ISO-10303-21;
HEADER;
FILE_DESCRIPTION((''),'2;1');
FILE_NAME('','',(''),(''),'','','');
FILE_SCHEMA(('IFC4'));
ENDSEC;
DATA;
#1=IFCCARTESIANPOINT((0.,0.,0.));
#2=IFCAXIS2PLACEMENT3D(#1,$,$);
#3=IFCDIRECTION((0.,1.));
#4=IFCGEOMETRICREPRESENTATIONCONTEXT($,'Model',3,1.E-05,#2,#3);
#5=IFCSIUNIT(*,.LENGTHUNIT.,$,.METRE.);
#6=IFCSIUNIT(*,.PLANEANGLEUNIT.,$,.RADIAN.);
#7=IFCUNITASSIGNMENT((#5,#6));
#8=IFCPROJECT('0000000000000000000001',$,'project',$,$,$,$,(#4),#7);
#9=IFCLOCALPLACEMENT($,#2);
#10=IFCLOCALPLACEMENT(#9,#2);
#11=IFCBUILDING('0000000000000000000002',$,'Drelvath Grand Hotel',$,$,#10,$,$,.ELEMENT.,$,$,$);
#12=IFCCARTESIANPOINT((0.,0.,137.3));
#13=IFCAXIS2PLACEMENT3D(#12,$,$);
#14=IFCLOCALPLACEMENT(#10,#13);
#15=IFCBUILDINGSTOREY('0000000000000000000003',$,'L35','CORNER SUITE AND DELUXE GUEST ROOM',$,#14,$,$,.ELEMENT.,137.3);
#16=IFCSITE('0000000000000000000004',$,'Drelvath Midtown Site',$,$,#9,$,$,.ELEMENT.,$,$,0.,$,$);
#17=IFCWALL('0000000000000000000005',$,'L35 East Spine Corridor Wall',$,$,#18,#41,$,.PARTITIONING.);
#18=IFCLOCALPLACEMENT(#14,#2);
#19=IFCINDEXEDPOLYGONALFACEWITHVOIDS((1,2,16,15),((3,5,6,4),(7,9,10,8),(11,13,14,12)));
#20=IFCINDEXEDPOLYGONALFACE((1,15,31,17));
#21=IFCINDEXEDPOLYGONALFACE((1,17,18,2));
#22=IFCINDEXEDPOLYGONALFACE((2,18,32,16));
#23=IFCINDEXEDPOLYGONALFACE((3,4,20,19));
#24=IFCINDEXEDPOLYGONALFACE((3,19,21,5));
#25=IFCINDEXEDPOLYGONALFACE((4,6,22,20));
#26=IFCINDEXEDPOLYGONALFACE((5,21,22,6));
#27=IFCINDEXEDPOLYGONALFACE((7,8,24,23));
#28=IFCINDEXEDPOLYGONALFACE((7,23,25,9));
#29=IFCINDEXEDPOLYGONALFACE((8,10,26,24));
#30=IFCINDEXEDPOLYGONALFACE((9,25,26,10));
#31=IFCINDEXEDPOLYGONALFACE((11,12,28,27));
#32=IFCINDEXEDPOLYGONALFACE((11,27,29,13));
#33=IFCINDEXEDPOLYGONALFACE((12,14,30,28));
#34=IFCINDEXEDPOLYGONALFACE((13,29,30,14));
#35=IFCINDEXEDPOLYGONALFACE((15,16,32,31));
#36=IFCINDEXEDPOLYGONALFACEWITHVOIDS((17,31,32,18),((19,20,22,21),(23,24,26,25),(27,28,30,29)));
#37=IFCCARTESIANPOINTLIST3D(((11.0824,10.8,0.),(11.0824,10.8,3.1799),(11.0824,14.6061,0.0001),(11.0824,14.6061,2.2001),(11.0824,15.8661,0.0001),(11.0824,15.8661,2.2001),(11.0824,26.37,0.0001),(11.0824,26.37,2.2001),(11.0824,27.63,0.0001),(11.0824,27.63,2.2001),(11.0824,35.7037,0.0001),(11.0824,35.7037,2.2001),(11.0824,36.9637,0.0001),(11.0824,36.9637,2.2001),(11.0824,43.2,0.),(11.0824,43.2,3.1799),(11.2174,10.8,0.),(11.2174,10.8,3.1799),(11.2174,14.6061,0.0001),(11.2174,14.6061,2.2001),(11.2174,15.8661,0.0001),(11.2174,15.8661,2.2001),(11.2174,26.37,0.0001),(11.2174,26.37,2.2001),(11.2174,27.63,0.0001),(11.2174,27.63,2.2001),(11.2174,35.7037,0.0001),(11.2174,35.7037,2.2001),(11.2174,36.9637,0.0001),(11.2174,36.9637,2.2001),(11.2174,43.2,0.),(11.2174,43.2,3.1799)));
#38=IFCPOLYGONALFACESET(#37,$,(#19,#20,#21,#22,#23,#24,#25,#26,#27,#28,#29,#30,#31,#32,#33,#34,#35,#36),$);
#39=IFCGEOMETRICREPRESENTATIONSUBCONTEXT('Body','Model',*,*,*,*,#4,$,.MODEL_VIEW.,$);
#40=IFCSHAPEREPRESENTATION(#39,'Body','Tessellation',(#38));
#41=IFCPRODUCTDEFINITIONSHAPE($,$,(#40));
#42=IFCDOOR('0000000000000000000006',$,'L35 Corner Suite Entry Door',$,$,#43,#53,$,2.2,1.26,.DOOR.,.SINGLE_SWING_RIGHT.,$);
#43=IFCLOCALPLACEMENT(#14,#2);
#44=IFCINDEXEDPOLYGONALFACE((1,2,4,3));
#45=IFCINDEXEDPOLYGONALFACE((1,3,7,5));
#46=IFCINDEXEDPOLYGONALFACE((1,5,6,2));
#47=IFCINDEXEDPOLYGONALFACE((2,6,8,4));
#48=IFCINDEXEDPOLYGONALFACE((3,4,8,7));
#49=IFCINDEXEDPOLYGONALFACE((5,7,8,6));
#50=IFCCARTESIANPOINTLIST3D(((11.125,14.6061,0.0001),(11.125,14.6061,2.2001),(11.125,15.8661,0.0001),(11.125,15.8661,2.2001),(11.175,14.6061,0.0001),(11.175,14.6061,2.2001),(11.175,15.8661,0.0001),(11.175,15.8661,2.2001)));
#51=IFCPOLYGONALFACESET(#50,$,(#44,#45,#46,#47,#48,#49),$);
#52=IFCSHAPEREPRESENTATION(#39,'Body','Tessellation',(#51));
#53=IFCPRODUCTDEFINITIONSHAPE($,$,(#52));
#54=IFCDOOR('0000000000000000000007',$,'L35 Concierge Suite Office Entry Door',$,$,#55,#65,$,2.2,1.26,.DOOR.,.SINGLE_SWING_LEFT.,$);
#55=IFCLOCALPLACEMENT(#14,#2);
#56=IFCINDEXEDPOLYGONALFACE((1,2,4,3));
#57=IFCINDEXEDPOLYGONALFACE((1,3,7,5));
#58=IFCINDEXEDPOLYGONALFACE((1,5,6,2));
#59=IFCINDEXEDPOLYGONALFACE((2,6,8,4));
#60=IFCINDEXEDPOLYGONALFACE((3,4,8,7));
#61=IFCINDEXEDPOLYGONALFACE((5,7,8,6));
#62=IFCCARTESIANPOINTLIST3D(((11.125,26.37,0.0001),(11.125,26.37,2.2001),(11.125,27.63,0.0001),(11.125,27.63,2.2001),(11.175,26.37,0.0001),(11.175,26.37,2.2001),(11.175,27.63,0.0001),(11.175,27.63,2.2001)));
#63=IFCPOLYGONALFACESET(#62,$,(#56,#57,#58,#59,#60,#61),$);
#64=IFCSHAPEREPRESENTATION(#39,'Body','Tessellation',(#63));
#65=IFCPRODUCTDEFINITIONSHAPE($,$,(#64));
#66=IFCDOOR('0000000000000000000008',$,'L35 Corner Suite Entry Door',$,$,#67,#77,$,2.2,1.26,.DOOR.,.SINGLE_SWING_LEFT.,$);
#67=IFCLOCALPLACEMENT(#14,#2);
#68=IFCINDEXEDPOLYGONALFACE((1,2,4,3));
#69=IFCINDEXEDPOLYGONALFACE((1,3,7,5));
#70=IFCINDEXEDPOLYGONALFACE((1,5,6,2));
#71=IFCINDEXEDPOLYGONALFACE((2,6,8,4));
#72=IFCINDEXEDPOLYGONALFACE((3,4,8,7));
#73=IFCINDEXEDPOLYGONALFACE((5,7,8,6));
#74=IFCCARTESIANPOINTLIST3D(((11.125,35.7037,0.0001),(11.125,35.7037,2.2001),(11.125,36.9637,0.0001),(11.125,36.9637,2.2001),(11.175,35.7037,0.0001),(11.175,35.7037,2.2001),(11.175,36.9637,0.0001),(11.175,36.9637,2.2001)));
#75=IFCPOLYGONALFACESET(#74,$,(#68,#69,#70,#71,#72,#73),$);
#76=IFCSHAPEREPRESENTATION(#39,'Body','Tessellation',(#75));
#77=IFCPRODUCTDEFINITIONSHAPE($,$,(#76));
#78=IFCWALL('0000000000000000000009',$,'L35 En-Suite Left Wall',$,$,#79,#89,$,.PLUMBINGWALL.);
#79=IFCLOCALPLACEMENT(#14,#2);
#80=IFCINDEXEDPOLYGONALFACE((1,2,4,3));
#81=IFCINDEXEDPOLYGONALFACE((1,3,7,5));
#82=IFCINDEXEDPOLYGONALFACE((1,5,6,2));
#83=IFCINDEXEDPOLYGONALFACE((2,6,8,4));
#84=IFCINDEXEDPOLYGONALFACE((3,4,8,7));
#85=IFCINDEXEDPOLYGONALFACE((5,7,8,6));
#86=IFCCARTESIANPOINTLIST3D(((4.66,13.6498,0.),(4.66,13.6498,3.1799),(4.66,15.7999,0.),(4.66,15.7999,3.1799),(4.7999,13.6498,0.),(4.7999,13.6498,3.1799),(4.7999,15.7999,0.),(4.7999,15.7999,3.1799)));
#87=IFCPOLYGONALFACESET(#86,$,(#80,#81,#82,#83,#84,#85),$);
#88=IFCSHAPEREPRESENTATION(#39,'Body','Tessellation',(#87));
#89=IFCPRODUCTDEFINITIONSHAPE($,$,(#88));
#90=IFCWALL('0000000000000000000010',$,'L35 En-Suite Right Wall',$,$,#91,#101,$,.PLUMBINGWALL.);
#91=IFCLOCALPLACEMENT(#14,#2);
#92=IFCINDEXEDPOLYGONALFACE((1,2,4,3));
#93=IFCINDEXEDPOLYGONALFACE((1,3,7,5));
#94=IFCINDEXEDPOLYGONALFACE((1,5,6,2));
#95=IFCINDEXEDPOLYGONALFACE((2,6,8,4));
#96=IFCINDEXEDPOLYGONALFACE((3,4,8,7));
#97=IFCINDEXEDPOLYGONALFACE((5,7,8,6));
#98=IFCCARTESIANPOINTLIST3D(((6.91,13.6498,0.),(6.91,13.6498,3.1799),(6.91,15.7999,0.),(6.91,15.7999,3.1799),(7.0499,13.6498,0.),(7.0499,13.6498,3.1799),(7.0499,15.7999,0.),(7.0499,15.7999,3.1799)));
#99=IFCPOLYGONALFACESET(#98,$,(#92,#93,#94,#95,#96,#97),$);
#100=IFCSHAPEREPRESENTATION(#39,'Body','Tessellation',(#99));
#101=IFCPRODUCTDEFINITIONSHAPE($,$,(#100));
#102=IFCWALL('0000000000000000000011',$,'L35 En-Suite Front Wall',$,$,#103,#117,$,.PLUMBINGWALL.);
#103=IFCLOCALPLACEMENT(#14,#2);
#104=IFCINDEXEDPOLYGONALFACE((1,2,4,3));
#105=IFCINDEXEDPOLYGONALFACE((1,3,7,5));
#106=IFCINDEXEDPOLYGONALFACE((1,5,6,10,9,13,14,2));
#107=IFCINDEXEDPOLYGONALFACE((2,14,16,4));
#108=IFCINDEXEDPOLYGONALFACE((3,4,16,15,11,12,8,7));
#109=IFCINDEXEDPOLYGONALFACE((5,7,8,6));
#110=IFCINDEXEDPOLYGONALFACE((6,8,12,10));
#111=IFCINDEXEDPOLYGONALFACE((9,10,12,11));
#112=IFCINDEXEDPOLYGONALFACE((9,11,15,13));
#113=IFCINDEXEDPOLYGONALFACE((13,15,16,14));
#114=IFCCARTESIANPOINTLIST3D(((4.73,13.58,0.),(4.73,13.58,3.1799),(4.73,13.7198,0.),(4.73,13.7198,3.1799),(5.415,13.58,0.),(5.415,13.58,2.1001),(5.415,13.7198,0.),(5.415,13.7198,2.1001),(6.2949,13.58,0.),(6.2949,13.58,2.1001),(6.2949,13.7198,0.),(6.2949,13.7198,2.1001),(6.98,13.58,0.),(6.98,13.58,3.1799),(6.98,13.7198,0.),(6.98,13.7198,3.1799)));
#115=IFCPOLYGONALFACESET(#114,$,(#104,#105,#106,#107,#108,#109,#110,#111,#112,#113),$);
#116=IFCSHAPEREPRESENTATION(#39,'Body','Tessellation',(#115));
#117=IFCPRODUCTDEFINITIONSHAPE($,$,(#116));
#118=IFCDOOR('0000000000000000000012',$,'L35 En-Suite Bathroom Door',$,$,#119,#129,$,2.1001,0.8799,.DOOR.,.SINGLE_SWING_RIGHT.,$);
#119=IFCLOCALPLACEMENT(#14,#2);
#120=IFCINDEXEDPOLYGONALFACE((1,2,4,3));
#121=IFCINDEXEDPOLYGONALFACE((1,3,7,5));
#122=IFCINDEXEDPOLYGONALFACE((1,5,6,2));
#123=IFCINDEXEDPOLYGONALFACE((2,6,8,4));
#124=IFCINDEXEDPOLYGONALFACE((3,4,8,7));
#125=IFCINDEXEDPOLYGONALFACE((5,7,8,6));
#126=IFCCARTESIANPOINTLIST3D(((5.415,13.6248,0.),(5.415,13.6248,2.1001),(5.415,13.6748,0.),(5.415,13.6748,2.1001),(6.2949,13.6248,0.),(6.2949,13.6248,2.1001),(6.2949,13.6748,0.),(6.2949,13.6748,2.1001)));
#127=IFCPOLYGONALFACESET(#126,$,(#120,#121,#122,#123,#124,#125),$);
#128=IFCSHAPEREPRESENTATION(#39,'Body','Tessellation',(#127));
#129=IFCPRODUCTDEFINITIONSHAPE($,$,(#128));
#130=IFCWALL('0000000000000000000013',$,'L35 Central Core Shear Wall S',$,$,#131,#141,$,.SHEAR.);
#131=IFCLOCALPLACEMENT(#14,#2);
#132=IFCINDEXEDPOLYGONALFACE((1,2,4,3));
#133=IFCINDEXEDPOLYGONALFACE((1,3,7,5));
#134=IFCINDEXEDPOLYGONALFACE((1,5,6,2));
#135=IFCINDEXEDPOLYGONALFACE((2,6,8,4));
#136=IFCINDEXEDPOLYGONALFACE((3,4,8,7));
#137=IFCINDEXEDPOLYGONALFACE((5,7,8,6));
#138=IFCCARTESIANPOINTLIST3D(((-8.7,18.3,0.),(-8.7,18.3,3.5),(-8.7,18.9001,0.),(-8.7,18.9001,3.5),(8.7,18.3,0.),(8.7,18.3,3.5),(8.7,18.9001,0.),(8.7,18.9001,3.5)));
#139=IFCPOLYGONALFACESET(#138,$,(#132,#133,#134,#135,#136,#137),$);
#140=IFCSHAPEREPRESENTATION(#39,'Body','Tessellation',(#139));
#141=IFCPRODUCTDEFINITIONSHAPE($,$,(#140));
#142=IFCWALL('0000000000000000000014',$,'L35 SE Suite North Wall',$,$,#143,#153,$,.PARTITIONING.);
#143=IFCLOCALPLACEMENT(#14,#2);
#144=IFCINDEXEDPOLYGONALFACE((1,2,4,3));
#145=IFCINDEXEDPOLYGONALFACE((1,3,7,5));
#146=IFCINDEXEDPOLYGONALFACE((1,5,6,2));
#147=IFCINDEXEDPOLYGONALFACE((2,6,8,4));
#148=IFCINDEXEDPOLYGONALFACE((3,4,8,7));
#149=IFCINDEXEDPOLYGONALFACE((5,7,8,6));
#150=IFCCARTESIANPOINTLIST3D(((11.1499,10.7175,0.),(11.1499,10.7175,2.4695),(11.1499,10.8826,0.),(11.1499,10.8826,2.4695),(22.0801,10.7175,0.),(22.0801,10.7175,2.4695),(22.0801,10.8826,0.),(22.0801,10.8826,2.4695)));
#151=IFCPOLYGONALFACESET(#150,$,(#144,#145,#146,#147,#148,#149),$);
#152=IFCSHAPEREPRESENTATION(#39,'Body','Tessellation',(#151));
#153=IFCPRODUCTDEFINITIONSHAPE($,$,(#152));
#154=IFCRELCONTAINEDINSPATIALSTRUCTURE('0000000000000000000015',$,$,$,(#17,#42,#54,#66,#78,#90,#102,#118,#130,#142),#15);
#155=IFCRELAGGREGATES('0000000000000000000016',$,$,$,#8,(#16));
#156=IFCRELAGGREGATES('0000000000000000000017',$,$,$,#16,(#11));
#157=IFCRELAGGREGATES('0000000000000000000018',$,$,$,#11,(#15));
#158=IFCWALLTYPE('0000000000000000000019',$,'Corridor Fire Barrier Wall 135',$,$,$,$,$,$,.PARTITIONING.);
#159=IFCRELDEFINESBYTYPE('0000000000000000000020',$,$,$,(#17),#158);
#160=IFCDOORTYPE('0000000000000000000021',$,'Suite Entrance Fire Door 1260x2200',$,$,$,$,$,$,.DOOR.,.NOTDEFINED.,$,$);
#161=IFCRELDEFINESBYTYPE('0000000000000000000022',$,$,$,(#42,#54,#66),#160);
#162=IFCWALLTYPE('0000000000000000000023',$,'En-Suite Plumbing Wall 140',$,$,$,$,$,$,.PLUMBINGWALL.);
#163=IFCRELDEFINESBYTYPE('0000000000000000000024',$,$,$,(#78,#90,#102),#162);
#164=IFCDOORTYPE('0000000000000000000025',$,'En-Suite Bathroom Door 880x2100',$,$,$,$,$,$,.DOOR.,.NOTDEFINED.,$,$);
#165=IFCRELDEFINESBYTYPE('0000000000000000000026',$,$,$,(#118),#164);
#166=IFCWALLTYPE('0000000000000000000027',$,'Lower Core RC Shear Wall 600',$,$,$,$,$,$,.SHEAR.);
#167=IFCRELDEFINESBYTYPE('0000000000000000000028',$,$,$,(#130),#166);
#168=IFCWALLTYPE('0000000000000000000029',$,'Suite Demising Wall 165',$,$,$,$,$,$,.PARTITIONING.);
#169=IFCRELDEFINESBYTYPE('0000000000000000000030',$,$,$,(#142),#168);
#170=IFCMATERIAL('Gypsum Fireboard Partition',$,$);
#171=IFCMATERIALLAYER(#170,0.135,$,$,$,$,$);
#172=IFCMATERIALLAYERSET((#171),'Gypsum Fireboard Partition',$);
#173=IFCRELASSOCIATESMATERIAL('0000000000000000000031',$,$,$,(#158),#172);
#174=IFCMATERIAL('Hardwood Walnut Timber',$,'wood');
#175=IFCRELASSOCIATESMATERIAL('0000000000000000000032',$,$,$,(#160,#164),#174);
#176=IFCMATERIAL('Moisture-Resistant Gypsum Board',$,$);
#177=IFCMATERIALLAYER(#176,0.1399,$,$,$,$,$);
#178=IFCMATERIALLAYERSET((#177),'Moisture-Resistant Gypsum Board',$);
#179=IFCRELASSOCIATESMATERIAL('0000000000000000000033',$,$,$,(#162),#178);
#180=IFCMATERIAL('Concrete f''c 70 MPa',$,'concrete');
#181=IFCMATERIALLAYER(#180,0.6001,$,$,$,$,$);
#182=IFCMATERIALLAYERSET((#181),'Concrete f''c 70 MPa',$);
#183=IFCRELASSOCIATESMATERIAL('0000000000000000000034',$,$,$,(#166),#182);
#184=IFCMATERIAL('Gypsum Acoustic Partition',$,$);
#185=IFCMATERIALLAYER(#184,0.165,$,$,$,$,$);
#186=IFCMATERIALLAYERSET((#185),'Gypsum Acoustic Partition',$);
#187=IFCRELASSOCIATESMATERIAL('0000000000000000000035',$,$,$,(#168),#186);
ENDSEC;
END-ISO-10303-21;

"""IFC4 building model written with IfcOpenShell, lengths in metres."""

from ifc_helpers import new_model, si_unit, direction, frame, frame_2d, origin, place, context, subcontext, project, spatial, rectangle, extrude, material, layer, layer_set, type_object, element, fill, save


model = new_model("IFC4")

# Units and contexts
model_context = context("Model", 3, precision=1e-05, world=origin(), true_north=direction((0.0, 1.0)))
body_context = subcontext(model_context, "Body", "Model", "MODEL_VIEW")
ifc_project = project(units=[si_unit("LENGTHUNIT", "METRE"), si_unit("PLANEANGLEUNIT", "RADIAN")], contexts=[model_context])

# Site, building, storey
site_placement = place(None, origin())
site = spatial("IfcSite", under=ifc_project, at=site_placement, Name="Drelvath Midtown Site", CompositionType="ELEMENT", RefElevation=0.0)
building_placement = place(site_placement, origin())
building = spatial("IfcBuilding", under=site, at=building_placement, Name="Drelvath Grand Hotel", CompositionType="ELEMENT")
storey_placement = place(building_placement, frame((0.0, 0.0, 137.3)))
storey = spatial("IfcBuildingStorey", under=building, at=storey_placement, Name="L35", Description="CORNER SUITE AND DELUXE GUEST ROOM", CompositionType="ELEMENT", Elevation=137.3)

# Shared definitions
ifc_material_1 = material(Name="Concrete f'c 70 MPa", Category="concrete")

# Shared definitions
ifc_material_2 = material(Name="Gypsum Fireboard Partition")
ifc_layer_1 = layer(ifc_material_2, 0.135)
ifc_layer_set_1 = layer_set([ifc_layer_1], Name="Gypsum Fireboard Partition")
wall_type_1 = type_object("IfcWallType", Name="Corridor Fire Barrier Wall 135", PredefinedType="PARTITIONING", material=ifc_layer_set_1)

# Wall, openings, doors
wall_1_placement = place(storey_placement, frame((11.1499, 10.8, 0.0), z_axis=(0.0, 0.0, 1.0), x_axis=(0.0, 1.0, 0.0)))
wall_1 = element("IfcWall", 1, at=wall_1_placement, inside=storey, type_object=wall_type_1, Name="L35 East Spine Corridor Wall", PredefinedType="PARTITIONING", context=body_context, shape_type="SweptSolid", body=[
    extrude(rectangle(XDim=32.3999, YDim=0.135, at=frame_2d((16.2, 0.0))), origin(), (0.0, 0.0, 1.0), 3.1799),
])
opening_1_placement = place(wall_1_placement, frame((3.8062, 0.0, 0.0)))
opening_1 = element("IfcOpeningElement", 2, at=opening_1_placement, cuts=wall_1, PredefinedType="OPENING", context=body_context, shape_type="SweptSolid", body=[
    extrude(rectangle(XDim=1.26, YDim=2.2, at=frame_2d((0.6299, 1.1001))), frame((0.0, 0.0774, 0.0), z_axis=(0.0, -1.0, 0.0), x_axis=(1.0, 0.0, 0.0)), (0.0, 0.0, 1.0), 0.155),
])
opening_2_placement = place(wall_1_placement, frame((15.5701, 0.0, 0.0)))
opening_2 = element("IfcOpeningElement", 3, at=opening_2_placement, cuts=wall_1, PredefinedType="OPENING", context=body_context, shape_type="SweptSolid", body=[
    extrude(rectangle(XDim=1.26, YDim=2.2, at=frame_2d((0.6299, 1.1001))), frame((0.0, 0.0774, 0.0), z_axis=(0.0, -1.0, 0.0), x_axis=(1.0, 0.0, 0.0)), (0.0, 0.0, 1.0), 0.155),
])
opening_3_placement = place(wall_1_placement, frame((24.9038, 0.0, 0.0)))
opening_3 = element("IfcOpeningElement", 4, at=opening_3_placement, cuts=wall_1, PredefinedType="OPENING", context=body_context, shape_type="SweptSolid", body=[
    extrude(rectangle(XDim=1.26, YDim=2.2, at=frame_2d((0.6299, 1.1001))), frame((0.0, 0.0774, 0.0), z_axis=(0.0, -1.0, 0.0), x_axis=(1.0, 0.0, 0.0)), (0.0, 0.0, 1.0), 0.155),
])
ifc_material_3 = material(Name="Hardwood Walnut Timber", Category="wood")
door_type_1 = type_object("IfcDoorType", Name="Suite Entrance Fire Door 1260x2200", OperationType="NOTDEFINED", PredefinedType="DOOR", material=ifc_material_3)
door_1_placement = place(opening_1_placement, origin())
door_1 = element("IfcDoor", 5, at=door_1_placement, inside=storey, type_object=door_type_1, Name="L35 Corner Suite Entry Door", OperationType="SINGLE_SWING_RIGHT", OverallHeight=2.2, OverallWidth=1.26, PredefinedType="DOOR", context=body_context, shape_type="SweptSolid", body=[
    extrude(rectangle(XDim=1.26, YDim=2.2, at=frame_2d((0.6299, 1.1001))), frame((0.0, 0.0249, 0.0), z_axis=(0.0, -1.0, 0.0), x_axis=(1.0, 0.0, 0.0)), (0.0, 0.0, 1.0), 0.05),
])
fill(opening_1, door_1)
door_2_placement = place(opening_2_placement, origin())
door_2 = element("IfcDoor", 6, at=door_2_placement, inside=storey, type_object=door_type_1, Name="L35 Concierge Suite Office Entry Door", OperationType="SINGLE_SWING_LEFT", OverallHeight=2.2, OverallWidth=1.26, PredefinedType="DOOR", context=body_context, shape_type="SweptSolid", body=[
    extrude(rectangle(XDim=1.26, YDim=2.2, at=frame_2d((0.6299, 1.1001))), frame((0.0, 0.0249, 0.0), z_axis=(0.0, -1.0, 0.0), x_axis=(1.0, 0.0, 0.0)), (0.0, 0.0, 1.0), 0.05),
])
fill(opening_2, door_2)
door_3_placement = place(opening_3_placement, origin())
door_3 = element("IfcDoor", 7, at=door_3_placement, inside=storey, type_object=door_type_1, Name="L35 Corner Suite Entry Door", OperationType="SINGLE_SWING_LEFT", OverallHeight=2.2, OverallWidth=1.26, PredefinedType="DOOR", context=body_context, shape_type="SweptSolid", body=[
    extrude(rectangle(XDim=1.26, YDim=2.2, at=frame_2d((0.6299, 1.1001))), frame((0.0, 0.0249, 0.0), z_axis=(0.0, -1.0, 0.0), x_axis=(1.0, 0.0, 0.0)), (0.0, 0.0, 1.0), 0.05),
])
fill(opening_3, door_3)

# Walls
ifc_material_4 = material(Name="Moisture-Resistant Gypsum Board")
ifc_layer_2 = layer(ifc_material_4, 0.1399)
ifc_layer_set_2 = layer_set([ifc_layer_2], Name="Moisture-Resistant Gypsum Board")
wall_type_2 = type_object("IfcWallType", Name="En-Suite Plumbing Wall 140", PredefinedType="PLUMBINGWALL", material=ifc_layer_set_2)
for number, where, z_axis, x_axis, name in (
    (8, (4.73, 15.8, 0.0), (0.0, 0.0, 1.0), (0.0, -1.0, 0.0), "L35 En-Suite Left Wall"),
    (9, (6.98, 15.8, 0.0), (0.0, 0.0, 1.0), (0.0, -1.0, 0.0), "L35 En-Suite Right Wall"),
):
    element("IfcWall", number, at=place(storey_placement, frame(where, z_axis=z_axis, x_axis=x_axis)), inside=storey, type_object=wall_type_2, Name=name, PredefinedType="PLUMBINGWALL", context=body_context, shape_type="SweptSolid", body=[
        extrude(rectangle(XDim=2.1501, YDim=0.1399, at=frame_2d((1.0752, 0.0))), origin(), (0.0, 0.0, 1.0), 3.1799),
    ])

# Wall, opening, door
wall_2_placement = place(storey_placement, frame((4.73, 13.6499, 0.0), z_axis=(0.0, 0.0, 1.0), x_axis=(1.0, 0.0, 0.0)))
wall_2 = element("IfcWall", 10, at=wall_2_placement, inside=storey, type_object=wall_type_2, Name="L35 En-Suite Front Wall", PredefinedType="PLUMBINGWALL", context=body_context, shape_type="SweptSolid", body=[
    extrude(rectangle(XDim=2.25, YDim=0.1399, at=frame_2d((1.125, 0.0))), origin(), (0.0, 0.0, 1.0), 3.1799),
])
opening_4_placement = place(wall_2_placement, frame((0.6851, 0.0, 0.0)))
opening_4 = element("IfcOpeningElement", 11, at=opening_4_placement, cuts=wall_2, PredefinedType="OPENING", context=body_context, shape_type="SweptSolid", body=[
    extrude(rectangle(XDim=0.8799, YDim=2.1001, at=frame_2d((0.4399, 1.05))), frame((0.0, 0.0798, 0.0), z_axis=(0.0, -1.0, 0.0), x_axis=(1.0, 0.0, 0.0)), (0.0, 0.0, 1.0), 0.1599),
])
door_type_2 = type_object("IfcDoorType", Name="En-Suite Bathroom Door 880x2100", OperationType="NOTDEFINED", PredefinedType="DOOR", material=ifc_material_3)
door_4_placement = place(opening_4_placement, origin())
door_4 = element("IfcDoor", 12, at=door_4_placement, inside=storey, type_object=door_type_2, Name="L35 En-Suite Bathroom Door", OperationType="SINGLE_SWING_RIGHT", OverallHeight=2.1001, OverallWidth=0.8799, PredefinedType="DOOR", context=body_context, shape_type="SweptSolid", body=[
    extrude(rectangle(XDim=0.8799, YDim=2.1001, at=frame_2d((0.4399, 1.05))), frame((0.0, 0.0249, 0.0), z_axis=(0.0, -1.0, 0.0), x_axis=(1.0, 0.0, 0.0)), (0.0, 0.0, 1.0), 0.05),
])
fill(opening_4, door_4)

# Walls
ifc_layer_3 = layer(ifc_material_1, 0.6001)
ifc_layer_set_3 = layer_set([ifc_layer_3], Name="Concrete f'c 70 MPa")
wall_type_3 = type_object("IfcWallType", Name="Lower Core RC Shear Wall 600", PredefinedType="SHEAR", material=ifc_layer_set_3)
wall_3_placement = place(storey_placement, frame((8.7, 18.6001, 0.0), z_axis=(0.0, 0.0, 1.0), x_axis=(-1.0, 0.0, 0.0)))
element("IfcWall", 13, at=wall_3_placement, inside=storey, type_object=wall_type_3, Name="L35 Central Core Shear Wall S", PredefinedType="SHEAR", context=body_context, shape_type="SweptSolid", body=[
    extrude(rectangle(XDim=17.3999, YDim=0.6001, at=frame_2d((8.7, 0.0))), origin(), (0.0, 0.0, 1.0), 3.5),
])
ifc_material_5 = material(Name="Gypsum Acoustic Partition")
ifc_layer_4 = layer(ifc_material_5, 0.165)
ifc_layer_set_4 = layer_set([ifc_layer_4], Name="Gypsum Acoustic Partition")
wall_type_4 = type_object("IfcWallType", Name="Suite Demising Wall 165", PredefinedType="PARTITIONING", material=ifc_layer_set_4)
wall_4_placement = place(storey_placement, frame((11.1499, 10.8, 0.0), z_axis=(0.0, 0.0, 1.0), x_axis=(1.0, 0.0, 0.0)))
element("IfcWall", 14, at=wall_4_placement, inside=storey, type_object=wall_type_4, Name="L35 SE Suite North Wall", PredefinedType="PARTITIONING", context=body_context, shape_type="SweptSolid", body=[
    extrude(rectangle(XDim=10.9302, YDim=0.165, at=frame_2d((5.4651, 0.0))), origin(), (0.0, 0.0, 1.0), 2.4695),
])

save(model, "model.ifc")
